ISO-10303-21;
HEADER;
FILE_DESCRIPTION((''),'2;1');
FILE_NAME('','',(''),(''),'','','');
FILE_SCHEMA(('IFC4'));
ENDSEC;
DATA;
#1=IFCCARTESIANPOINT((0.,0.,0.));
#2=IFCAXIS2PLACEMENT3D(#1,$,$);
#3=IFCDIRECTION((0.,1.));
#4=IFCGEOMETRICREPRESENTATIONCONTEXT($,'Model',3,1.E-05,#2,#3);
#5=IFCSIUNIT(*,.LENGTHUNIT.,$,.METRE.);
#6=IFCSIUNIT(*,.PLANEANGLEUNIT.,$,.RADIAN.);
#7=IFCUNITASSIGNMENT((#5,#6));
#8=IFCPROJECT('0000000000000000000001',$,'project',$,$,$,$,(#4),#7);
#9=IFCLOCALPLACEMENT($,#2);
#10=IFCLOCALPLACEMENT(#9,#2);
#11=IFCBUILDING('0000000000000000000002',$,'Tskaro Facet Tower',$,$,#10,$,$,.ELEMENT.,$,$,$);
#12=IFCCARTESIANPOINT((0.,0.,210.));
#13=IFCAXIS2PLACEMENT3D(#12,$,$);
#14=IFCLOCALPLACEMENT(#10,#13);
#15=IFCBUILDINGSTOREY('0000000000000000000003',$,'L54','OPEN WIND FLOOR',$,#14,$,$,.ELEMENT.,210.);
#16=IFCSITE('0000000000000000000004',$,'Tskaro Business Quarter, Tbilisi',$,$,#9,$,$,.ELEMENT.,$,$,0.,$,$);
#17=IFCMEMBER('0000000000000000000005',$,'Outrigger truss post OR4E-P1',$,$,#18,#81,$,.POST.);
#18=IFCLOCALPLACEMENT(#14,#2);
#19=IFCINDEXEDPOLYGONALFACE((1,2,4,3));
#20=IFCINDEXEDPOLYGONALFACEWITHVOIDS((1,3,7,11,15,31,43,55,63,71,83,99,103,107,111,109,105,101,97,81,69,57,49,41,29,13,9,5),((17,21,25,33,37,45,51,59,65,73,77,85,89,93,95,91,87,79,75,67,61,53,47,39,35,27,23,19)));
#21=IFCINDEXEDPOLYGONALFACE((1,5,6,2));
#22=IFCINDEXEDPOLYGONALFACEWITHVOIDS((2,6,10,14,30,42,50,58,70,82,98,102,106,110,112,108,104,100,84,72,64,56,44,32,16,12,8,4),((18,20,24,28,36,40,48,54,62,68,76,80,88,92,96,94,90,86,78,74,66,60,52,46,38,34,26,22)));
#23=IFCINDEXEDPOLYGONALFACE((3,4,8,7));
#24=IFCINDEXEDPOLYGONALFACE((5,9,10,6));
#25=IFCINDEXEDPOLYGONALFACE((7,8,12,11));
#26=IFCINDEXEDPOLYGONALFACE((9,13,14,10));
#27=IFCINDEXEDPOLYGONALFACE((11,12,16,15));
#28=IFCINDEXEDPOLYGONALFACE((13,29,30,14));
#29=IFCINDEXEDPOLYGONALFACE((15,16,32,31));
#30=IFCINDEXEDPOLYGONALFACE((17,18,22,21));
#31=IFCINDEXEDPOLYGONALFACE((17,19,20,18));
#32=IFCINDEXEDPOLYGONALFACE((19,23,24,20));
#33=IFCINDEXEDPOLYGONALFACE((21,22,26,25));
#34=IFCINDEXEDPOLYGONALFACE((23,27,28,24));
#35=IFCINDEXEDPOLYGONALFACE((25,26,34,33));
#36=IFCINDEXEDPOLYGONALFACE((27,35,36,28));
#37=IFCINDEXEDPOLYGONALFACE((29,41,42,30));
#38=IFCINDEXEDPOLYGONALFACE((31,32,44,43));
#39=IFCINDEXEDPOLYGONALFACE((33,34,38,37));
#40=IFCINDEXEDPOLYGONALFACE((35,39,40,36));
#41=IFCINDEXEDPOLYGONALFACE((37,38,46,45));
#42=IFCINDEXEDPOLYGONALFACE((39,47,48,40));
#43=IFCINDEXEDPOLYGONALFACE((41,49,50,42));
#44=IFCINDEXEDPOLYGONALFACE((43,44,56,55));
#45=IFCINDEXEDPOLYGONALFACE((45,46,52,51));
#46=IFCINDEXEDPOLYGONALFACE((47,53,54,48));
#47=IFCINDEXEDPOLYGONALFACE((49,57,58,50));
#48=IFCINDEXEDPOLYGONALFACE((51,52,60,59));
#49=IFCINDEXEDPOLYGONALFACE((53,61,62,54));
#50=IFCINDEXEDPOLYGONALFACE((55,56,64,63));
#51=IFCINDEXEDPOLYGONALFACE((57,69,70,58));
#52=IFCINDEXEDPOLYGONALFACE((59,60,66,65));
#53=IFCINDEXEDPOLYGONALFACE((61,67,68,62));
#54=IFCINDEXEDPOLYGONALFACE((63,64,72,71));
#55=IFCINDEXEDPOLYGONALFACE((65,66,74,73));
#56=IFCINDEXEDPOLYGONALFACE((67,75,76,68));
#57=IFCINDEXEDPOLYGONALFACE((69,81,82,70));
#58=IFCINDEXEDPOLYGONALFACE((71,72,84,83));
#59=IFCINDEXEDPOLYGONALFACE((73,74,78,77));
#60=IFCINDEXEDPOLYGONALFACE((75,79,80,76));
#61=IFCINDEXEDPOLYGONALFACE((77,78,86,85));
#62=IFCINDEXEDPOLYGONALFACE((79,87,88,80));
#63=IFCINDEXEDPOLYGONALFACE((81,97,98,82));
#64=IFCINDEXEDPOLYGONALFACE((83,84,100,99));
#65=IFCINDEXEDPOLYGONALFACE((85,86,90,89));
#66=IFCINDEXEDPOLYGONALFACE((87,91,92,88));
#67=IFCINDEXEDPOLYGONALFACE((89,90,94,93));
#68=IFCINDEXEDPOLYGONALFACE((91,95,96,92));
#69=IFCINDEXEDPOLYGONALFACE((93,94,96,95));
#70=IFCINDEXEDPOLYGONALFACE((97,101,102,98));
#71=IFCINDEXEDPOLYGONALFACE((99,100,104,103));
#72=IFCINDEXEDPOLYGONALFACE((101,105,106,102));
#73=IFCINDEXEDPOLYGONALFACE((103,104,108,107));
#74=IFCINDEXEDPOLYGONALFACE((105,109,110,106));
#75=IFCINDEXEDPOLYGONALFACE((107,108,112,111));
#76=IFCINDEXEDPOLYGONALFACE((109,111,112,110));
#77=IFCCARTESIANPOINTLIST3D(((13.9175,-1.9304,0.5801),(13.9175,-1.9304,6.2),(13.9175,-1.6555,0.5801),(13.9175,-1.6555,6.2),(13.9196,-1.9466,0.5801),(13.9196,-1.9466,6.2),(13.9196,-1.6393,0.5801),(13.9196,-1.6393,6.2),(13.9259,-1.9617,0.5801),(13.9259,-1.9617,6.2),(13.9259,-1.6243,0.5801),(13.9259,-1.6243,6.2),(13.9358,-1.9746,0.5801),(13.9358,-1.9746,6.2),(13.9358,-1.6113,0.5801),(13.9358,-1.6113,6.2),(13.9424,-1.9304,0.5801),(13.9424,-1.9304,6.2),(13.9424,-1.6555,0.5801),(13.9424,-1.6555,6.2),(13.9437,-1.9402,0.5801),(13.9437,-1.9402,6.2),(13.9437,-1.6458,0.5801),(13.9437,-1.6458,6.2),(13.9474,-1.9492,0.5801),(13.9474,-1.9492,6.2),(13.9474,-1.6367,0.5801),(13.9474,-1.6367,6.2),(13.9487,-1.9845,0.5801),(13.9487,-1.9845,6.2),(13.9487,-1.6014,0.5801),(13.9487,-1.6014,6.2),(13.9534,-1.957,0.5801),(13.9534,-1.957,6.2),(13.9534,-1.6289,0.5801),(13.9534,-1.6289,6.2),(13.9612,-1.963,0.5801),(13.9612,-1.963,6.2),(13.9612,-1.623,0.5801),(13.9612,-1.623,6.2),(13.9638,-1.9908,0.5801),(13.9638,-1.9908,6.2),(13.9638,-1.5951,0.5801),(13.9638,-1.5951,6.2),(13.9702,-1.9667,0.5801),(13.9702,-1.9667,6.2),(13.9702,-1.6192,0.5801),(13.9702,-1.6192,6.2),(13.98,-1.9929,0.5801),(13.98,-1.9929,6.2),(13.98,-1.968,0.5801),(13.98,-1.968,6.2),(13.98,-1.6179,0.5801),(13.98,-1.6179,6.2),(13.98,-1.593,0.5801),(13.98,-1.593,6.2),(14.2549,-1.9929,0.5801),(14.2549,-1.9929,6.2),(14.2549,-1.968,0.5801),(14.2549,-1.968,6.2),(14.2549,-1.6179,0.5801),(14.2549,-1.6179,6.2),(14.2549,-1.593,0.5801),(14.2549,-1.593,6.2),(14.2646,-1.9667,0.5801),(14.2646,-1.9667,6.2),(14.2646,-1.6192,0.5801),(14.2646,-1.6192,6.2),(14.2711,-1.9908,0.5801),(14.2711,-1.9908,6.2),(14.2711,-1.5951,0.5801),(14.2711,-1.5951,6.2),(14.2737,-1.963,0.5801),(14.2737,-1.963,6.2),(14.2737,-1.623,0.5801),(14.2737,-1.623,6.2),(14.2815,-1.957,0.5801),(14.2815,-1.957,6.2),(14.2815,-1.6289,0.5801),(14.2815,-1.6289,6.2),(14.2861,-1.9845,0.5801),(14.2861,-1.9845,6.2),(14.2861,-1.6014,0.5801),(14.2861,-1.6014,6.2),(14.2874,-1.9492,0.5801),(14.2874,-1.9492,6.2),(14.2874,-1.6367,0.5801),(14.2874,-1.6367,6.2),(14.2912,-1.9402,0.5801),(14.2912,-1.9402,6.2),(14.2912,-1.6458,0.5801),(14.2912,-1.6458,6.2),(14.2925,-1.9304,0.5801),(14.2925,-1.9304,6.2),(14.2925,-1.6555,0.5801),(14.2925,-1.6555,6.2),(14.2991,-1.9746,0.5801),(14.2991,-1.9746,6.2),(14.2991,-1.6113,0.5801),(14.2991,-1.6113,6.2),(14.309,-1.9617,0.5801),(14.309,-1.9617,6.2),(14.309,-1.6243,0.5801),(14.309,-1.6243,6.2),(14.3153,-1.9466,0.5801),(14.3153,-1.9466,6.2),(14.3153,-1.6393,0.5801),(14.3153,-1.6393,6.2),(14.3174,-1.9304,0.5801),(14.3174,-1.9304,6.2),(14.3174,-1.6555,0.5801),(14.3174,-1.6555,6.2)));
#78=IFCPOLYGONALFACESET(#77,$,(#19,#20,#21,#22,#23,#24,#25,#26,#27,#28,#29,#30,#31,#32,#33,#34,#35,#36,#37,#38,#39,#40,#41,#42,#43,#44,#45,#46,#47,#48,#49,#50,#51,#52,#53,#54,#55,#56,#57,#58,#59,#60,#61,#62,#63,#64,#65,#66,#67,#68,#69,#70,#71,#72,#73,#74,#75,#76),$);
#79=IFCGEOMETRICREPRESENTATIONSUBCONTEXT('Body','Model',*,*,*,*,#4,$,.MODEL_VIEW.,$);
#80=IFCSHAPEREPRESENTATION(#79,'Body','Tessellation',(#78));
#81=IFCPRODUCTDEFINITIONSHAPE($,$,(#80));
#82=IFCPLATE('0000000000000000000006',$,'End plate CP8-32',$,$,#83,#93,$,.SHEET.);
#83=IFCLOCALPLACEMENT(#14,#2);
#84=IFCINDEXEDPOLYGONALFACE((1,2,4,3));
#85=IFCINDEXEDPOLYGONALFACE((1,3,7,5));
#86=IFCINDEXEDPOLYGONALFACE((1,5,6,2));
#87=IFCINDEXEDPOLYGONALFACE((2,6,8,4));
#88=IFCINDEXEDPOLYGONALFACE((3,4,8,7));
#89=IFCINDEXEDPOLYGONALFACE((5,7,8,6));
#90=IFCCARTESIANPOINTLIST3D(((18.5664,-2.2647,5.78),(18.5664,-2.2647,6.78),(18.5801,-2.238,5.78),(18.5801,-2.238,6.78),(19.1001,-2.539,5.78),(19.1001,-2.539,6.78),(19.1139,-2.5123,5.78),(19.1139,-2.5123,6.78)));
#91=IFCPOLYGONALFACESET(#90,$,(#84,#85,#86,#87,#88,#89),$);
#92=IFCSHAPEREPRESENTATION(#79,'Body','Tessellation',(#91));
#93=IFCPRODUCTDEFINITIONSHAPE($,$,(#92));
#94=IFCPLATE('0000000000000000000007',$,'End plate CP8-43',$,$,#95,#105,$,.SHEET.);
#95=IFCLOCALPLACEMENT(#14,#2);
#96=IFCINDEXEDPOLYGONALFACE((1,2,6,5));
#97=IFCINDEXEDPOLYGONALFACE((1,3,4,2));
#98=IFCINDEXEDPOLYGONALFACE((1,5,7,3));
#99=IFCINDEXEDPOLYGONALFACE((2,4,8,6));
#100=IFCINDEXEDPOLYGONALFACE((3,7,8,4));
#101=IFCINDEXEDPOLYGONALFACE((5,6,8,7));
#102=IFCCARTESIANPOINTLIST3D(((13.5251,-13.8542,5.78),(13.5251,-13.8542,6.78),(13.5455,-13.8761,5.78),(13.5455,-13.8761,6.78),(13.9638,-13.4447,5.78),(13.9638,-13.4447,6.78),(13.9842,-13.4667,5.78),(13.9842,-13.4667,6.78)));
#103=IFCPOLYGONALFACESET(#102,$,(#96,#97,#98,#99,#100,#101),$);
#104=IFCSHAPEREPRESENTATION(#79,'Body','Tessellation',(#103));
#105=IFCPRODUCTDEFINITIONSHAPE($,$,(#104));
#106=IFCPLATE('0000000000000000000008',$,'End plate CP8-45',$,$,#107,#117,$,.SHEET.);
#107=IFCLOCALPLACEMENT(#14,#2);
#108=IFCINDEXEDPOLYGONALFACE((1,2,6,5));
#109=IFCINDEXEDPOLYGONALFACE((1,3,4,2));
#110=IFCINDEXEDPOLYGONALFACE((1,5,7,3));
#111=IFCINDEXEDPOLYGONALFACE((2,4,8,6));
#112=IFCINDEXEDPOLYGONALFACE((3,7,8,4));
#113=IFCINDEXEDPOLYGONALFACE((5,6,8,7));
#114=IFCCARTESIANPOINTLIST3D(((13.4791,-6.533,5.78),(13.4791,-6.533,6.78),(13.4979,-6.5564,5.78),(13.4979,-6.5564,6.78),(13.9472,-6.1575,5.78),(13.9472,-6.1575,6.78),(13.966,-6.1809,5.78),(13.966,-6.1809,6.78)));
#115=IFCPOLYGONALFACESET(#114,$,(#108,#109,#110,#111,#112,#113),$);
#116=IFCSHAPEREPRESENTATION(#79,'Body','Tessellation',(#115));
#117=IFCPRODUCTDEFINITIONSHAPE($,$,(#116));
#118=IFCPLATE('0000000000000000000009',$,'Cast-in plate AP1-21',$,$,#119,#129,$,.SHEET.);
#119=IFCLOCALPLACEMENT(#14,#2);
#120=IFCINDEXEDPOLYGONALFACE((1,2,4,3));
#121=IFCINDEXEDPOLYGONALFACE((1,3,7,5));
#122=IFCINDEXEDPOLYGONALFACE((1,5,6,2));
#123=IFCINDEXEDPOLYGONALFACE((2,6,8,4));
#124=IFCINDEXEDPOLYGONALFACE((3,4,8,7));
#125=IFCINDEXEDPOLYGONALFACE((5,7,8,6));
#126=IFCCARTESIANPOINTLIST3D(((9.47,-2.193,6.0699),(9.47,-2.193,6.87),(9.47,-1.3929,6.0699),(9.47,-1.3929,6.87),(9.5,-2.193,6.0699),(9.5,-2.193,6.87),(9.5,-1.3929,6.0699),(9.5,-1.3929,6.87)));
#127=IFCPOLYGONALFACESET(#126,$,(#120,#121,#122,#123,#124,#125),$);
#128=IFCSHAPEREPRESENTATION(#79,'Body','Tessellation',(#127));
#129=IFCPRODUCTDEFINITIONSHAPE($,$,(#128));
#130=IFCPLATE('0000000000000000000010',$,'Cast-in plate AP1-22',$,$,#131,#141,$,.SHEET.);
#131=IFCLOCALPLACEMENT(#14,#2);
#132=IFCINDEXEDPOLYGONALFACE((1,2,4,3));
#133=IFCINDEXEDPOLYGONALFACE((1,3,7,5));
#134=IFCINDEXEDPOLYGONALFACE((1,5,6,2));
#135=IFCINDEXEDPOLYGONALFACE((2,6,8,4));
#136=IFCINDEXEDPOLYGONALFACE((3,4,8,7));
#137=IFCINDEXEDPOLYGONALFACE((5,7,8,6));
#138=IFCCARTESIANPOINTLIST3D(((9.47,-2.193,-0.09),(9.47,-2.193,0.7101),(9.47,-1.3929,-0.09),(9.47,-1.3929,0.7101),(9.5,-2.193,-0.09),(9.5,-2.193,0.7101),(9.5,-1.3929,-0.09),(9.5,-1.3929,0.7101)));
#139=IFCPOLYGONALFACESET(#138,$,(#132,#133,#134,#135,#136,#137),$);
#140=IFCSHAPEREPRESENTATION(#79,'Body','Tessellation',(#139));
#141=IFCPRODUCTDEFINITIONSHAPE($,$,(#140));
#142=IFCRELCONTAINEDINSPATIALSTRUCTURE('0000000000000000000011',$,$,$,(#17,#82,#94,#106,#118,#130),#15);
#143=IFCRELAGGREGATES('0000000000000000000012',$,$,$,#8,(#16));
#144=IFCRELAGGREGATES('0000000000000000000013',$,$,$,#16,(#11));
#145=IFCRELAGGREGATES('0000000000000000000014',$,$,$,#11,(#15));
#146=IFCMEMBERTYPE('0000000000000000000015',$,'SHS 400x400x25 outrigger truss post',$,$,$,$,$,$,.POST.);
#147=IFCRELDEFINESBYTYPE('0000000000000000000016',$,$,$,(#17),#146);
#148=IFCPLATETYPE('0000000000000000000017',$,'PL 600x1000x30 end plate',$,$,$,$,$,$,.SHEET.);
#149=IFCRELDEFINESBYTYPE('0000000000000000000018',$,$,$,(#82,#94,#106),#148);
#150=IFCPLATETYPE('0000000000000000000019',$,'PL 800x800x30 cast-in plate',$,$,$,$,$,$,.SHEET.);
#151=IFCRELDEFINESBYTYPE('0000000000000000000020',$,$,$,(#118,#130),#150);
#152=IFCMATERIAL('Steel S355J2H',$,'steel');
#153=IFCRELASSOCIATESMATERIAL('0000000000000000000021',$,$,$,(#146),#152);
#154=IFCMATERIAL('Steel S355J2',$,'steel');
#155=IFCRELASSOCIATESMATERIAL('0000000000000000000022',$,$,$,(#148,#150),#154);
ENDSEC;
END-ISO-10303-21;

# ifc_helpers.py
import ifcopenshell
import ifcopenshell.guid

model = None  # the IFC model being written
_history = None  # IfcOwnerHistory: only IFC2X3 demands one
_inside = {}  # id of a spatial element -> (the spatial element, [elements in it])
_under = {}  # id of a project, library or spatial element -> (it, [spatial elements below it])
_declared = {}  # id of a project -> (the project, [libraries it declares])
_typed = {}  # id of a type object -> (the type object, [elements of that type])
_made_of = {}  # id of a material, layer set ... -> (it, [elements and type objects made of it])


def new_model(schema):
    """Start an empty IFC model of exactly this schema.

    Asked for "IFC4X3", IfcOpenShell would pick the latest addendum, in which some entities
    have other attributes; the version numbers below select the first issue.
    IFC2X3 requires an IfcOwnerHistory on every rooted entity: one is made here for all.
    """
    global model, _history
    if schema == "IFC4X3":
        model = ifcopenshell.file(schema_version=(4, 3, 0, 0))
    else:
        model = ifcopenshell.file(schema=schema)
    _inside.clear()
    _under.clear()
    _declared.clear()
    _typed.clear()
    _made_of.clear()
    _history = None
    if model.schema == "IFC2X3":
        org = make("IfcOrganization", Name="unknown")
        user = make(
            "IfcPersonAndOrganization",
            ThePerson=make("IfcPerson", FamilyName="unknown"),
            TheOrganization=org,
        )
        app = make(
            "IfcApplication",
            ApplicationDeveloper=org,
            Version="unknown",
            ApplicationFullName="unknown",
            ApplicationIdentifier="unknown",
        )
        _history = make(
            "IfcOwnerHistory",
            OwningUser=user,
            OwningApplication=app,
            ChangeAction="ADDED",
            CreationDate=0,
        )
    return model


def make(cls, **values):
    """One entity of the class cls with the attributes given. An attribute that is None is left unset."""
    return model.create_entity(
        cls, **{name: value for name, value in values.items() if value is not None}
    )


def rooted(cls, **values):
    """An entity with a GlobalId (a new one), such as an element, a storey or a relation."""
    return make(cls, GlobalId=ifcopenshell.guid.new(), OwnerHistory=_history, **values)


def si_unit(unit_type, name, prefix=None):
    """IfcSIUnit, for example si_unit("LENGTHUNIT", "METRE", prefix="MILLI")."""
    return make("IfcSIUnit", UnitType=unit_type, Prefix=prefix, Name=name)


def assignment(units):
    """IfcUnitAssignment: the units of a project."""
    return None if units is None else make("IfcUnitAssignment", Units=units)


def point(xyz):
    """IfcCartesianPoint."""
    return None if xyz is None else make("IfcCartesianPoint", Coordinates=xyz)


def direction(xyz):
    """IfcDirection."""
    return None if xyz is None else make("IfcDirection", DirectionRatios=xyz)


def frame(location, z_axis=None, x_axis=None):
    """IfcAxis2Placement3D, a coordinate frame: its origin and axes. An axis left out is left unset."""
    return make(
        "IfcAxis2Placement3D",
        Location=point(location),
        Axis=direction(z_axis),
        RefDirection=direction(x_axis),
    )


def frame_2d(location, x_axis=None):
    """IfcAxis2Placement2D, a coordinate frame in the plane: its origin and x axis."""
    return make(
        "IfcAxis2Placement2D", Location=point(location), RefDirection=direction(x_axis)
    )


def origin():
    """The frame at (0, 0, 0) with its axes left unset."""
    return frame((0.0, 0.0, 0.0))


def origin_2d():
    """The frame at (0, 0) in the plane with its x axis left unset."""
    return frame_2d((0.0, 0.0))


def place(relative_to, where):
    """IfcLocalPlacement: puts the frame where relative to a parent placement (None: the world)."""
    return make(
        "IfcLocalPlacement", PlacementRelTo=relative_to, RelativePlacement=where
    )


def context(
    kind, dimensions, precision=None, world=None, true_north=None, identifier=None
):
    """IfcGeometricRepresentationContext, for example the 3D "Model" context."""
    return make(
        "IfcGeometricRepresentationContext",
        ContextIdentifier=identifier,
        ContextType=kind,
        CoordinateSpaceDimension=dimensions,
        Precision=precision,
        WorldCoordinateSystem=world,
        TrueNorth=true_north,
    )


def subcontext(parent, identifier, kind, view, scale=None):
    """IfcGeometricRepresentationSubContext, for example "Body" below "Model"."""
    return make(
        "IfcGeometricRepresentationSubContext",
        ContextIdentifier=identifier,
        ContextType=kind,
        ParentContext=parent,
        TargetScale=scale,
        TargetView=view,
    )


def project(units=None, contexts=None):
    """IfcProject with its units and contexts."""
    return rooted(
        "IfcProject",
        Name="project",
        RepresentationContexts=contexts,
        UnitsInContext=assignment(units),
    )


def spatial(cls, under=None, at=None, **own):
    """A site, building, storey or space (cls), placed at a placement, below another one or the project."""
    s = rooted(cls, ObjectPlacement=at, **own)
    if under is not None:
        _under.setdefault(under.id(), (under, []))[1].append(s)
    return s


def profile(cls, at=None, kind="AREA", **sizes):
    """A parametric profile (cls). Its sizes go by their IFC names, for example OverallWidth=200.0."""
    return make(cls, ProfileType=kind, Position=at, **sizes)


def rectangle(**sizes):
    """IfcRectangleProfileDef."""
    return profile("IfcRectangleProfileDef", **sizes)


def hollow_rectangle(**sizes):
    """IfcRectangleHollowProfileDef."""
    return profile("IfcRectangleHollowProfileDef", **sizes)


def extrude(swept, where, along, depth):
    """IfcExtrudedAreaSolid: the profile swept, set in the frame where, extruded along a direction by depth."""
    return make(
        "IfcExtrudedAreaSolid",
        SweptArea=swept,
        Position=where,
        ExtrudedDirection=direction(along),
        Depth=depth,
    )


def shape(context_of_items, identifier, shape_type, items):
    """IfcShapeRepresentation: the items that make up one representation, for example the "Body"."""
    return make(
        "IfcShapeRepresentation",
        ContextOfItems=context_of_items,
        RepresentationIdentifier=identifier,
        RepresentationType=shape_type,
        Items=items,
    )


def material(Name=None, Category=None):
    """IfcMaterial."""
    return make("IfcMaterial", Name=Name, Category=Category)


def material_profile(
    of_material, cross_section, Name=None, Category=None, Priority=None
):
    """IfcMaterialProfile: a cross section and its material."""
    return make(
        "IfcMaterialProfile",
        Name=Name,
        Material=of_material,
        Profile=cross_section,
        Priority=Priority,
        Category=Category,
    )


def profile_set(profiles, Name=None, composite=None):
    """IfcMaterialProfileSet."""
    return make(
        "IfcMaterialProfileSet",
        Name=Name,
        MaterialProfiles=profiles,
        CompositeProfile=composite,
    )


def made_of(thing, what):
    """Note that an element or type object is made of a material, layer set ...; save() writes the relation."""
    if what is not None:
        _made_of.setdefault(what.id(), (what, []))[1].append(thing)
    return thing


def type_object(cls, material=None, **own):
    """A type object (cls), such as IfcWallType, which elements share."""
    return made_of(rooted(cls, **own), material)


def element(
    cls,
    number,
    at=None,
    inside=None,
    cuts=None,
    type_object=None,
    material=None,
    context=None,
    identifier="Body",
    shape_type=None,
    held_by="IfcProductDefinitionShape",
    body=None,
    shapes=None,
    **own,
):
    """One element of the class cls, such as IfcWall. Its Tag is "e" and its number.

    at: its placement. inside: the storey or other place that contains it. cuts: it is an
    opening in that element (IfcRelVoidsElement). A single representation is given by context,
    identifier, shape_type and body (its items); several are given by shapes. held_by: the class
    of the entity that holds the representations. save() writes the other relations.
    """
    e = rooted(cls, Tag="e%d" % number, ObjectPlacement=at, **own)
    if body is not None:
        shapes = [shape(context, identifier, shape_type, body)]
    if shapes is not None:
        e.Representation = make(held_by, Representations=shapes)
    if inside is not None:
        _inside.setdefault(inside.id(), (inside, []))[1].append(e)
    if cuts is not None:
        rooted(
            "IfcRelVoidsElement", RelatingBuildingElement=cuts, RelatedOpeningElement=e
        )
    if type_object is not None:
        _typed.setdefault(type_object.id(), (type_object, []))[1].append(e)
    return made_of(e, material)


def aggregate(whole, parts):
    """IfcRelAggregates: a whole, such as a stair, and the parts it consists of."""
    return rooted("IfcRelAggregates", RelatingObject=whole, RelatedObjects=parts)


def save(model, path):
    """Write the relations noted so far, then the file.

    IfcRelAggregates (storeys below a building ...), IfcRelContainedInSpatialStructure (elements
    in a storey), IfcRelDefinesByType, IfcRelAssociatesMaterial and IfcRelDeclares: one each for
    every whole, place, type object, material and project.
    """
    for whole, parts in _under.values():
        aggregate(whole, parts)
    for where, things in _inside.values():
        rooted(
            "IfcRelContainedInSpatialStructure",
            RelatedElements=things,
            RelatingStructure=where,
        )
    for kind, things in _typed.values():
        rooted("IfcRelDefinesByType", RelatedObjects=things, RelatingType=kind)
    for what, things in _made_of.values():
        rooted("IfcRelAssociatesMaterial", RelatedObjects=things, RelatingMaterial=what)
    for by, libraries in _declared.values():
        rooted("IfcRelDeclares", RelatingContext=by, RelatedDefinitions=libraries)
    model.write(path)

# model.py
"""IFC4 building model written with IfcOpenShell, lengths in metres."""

from ifc_helpers import new_model, si_unit, direction, frame, origin, origin_2d, place, context, subcontext, project, spatial, rectangle, hollow_rectangle, extrude, material, material_profile, profile_set, type_object, element, save


model = new_model("IFC4")

# Units and contexts
model_context = context("Model", 3, precision=1e-05, world=origin(), true_north=direction((0.0, 1.0)))
body_context = subcontext(model_context, "Body", "Model", "MODEL_VIEW")
ifc_project = project(units=[si_unit("LENGTHUNIT", "METRE"), si_unit("PLANEANGLEUNIT", "RADIAN")], contexts=[model_context])

# Site, building, storey
site_placement = place(None, origin())
site = spatial("IfcSite", under=ifc_project, at=site_placement, Name="Tskaro Business Quarter, Tbilisi", CompositionType="ELEMENT", RefElevation=0.0)
building_placement = place(site_placement, origin())
building = spatial("IfcBuilding", under=site, at=building_placement, Name="Tskaro Facet Tower", CompositionType="ELEMENT")
storey_placement = place(building_placement, frame((0.0, 0.0, 210.0)))
storey = spatial("IfcBuildingStorey", under=building, at=storey_placement, Name="L54", Description="OPEN WIND FLOOR", CompositionType="ELEMENT", Elevation=210.0)

# Shared definitions
ifc_material_1 = material(Name="Steel S355J2H", Category="steel")

# Shared definitions
ifc_material_2 = material(Name="Steel S355J2", Category="steel")

# Member
ifc_material_profile_1 = material_profile(ifc_material_1, hollow_rectangle(XDim=0.3999, YDim=0.3999, WallThickness=0.0249, InnerFilletRadius=0.0376, OuterFilletRadius=0.0625, at=origin_2d()), Name="SHS 400x400x25")
ifc_profile_set_1 = profile_set([ifc_material_profile_1], Name="Steel S355J2H")
member_type_1 = type_object("IfcMemberType", Name="SHS 400x400x25 outrigger truss post", PredefinedType="POST", material=ifc_profile_set_1)
member_1_placement = place(storey_placement, frame((14.1174, -1.793, 0.5801), z_axis=(0.0, 0.0, 1.0), x_axis=(1.0, 0.0, 0.0)))
element("IfcMember", 1, at=member_1_placement, inside=storey, type_object=member_type_1, Name="Outrigger truss post OR4E-P1", PredefinedType="POST", context=body_context, shape_type="SweptSolid", body=[
    extrude(hollow_rectangle(XDim=0.3999, YDim=0.3999, WallThickness=0.0249, InnerFilletRadius=0.0376, OuterFilletRadius=0.0625, at=origin_2d()), origin(), (0.0, 0.0, 1.0), 5.6199),
])

# Plates
ifc_material_profile_2 = material_profile(ifc_material_2, rectangle(XDim=0.6001, YDim=1.0, at=origin_2d()), Name="PL 600x1000x30 end plate")
ifc_profile_set_2 = profile_set([ifc_material_profile_2], Name="Steel S355J2")
plate_type_1 = type_object("IfcPlateType", Name="PL 600x1000x30 end plate", PredefinedType="SHEET", material=ifc_profile_set_2)
for number, where, z_axis, x_axis, name in (
    (2, (18.8333, -2.4019, 6.28), (0.456979, 0.889477, 0.0), (-0.889477, 0.456979, 0.0), "End plate CP8-32"),
    (3, (13.7649, -13.6714, 6.28), (-0.682318, 0.731055, 0.0), (-0.731055, -0.682318, 0.0), "End plate CP8-43"),
    (4, (13.7319, -6.3687, 6.28), (-0.625685, 0.780075, 0.0), (-0.780075, -0.625685, 0.0), "End plate CP8-45"),
):
    element("IfcPlate", number, at=place(storey_placement, frame(where, z_axis=z_axis, x_axis=x_axis)), inside=storey, type_object=plate_type_1, Name=name, PredefinedType="SHEET", context=body_context, shape_type="SweptSolid", body=[
        extrude(rectangle(XDim=0.6001, YDim=1.0, at=origin_2d()), origin(), (0.0, 0.0, 1.0), 0.03),
    ])
ifc_material_profile_3 = material_profile(ifc_material_2, rectangle(XDim=0.8, YDim=0.8, at=origin_2d()), Name="PL 800x800x30 cast-in plate")
ifc_profile_set_3 = profile_set([ifc_material_profile_3], Name="Steel S355J2")
plate_type_2 = type_object("IfcPlateType", Name="PL 800x800x30 cast-in plate", PredefinedType="SHEET", material=ifc_profile_set_3)
for number, where, z_axis, x_axis, name in (
    (5, (9.47, -1.793, 6.47), (1.0, 0.0, 0.0), (0.0, 1.0, 0.0), "Cast-in plate AP1-21"),
    (6, (9.47, -1.793, 0.3101), (1.0, 0.0, 0.0), (0.0, 1.0, 0.0), "Cast-in plate AP1-22"),
):
    element("IfcPlate", number, at=place(storey_placement, frame(where, z_axis=z_axis, x_axis=x_axis)), inside=storey, type_object=plate_type_2, Name=name, PredefinedType="SHEET", context=body_context, shape_type="SweptSolid", body=[
        extrude(rectangle(XDim=0.8, YDim=0.8, at=origin_2d()), origin(), (0.0, 0.0, 1.0), 0.03),
    ])

save(model, "model.ifc")
